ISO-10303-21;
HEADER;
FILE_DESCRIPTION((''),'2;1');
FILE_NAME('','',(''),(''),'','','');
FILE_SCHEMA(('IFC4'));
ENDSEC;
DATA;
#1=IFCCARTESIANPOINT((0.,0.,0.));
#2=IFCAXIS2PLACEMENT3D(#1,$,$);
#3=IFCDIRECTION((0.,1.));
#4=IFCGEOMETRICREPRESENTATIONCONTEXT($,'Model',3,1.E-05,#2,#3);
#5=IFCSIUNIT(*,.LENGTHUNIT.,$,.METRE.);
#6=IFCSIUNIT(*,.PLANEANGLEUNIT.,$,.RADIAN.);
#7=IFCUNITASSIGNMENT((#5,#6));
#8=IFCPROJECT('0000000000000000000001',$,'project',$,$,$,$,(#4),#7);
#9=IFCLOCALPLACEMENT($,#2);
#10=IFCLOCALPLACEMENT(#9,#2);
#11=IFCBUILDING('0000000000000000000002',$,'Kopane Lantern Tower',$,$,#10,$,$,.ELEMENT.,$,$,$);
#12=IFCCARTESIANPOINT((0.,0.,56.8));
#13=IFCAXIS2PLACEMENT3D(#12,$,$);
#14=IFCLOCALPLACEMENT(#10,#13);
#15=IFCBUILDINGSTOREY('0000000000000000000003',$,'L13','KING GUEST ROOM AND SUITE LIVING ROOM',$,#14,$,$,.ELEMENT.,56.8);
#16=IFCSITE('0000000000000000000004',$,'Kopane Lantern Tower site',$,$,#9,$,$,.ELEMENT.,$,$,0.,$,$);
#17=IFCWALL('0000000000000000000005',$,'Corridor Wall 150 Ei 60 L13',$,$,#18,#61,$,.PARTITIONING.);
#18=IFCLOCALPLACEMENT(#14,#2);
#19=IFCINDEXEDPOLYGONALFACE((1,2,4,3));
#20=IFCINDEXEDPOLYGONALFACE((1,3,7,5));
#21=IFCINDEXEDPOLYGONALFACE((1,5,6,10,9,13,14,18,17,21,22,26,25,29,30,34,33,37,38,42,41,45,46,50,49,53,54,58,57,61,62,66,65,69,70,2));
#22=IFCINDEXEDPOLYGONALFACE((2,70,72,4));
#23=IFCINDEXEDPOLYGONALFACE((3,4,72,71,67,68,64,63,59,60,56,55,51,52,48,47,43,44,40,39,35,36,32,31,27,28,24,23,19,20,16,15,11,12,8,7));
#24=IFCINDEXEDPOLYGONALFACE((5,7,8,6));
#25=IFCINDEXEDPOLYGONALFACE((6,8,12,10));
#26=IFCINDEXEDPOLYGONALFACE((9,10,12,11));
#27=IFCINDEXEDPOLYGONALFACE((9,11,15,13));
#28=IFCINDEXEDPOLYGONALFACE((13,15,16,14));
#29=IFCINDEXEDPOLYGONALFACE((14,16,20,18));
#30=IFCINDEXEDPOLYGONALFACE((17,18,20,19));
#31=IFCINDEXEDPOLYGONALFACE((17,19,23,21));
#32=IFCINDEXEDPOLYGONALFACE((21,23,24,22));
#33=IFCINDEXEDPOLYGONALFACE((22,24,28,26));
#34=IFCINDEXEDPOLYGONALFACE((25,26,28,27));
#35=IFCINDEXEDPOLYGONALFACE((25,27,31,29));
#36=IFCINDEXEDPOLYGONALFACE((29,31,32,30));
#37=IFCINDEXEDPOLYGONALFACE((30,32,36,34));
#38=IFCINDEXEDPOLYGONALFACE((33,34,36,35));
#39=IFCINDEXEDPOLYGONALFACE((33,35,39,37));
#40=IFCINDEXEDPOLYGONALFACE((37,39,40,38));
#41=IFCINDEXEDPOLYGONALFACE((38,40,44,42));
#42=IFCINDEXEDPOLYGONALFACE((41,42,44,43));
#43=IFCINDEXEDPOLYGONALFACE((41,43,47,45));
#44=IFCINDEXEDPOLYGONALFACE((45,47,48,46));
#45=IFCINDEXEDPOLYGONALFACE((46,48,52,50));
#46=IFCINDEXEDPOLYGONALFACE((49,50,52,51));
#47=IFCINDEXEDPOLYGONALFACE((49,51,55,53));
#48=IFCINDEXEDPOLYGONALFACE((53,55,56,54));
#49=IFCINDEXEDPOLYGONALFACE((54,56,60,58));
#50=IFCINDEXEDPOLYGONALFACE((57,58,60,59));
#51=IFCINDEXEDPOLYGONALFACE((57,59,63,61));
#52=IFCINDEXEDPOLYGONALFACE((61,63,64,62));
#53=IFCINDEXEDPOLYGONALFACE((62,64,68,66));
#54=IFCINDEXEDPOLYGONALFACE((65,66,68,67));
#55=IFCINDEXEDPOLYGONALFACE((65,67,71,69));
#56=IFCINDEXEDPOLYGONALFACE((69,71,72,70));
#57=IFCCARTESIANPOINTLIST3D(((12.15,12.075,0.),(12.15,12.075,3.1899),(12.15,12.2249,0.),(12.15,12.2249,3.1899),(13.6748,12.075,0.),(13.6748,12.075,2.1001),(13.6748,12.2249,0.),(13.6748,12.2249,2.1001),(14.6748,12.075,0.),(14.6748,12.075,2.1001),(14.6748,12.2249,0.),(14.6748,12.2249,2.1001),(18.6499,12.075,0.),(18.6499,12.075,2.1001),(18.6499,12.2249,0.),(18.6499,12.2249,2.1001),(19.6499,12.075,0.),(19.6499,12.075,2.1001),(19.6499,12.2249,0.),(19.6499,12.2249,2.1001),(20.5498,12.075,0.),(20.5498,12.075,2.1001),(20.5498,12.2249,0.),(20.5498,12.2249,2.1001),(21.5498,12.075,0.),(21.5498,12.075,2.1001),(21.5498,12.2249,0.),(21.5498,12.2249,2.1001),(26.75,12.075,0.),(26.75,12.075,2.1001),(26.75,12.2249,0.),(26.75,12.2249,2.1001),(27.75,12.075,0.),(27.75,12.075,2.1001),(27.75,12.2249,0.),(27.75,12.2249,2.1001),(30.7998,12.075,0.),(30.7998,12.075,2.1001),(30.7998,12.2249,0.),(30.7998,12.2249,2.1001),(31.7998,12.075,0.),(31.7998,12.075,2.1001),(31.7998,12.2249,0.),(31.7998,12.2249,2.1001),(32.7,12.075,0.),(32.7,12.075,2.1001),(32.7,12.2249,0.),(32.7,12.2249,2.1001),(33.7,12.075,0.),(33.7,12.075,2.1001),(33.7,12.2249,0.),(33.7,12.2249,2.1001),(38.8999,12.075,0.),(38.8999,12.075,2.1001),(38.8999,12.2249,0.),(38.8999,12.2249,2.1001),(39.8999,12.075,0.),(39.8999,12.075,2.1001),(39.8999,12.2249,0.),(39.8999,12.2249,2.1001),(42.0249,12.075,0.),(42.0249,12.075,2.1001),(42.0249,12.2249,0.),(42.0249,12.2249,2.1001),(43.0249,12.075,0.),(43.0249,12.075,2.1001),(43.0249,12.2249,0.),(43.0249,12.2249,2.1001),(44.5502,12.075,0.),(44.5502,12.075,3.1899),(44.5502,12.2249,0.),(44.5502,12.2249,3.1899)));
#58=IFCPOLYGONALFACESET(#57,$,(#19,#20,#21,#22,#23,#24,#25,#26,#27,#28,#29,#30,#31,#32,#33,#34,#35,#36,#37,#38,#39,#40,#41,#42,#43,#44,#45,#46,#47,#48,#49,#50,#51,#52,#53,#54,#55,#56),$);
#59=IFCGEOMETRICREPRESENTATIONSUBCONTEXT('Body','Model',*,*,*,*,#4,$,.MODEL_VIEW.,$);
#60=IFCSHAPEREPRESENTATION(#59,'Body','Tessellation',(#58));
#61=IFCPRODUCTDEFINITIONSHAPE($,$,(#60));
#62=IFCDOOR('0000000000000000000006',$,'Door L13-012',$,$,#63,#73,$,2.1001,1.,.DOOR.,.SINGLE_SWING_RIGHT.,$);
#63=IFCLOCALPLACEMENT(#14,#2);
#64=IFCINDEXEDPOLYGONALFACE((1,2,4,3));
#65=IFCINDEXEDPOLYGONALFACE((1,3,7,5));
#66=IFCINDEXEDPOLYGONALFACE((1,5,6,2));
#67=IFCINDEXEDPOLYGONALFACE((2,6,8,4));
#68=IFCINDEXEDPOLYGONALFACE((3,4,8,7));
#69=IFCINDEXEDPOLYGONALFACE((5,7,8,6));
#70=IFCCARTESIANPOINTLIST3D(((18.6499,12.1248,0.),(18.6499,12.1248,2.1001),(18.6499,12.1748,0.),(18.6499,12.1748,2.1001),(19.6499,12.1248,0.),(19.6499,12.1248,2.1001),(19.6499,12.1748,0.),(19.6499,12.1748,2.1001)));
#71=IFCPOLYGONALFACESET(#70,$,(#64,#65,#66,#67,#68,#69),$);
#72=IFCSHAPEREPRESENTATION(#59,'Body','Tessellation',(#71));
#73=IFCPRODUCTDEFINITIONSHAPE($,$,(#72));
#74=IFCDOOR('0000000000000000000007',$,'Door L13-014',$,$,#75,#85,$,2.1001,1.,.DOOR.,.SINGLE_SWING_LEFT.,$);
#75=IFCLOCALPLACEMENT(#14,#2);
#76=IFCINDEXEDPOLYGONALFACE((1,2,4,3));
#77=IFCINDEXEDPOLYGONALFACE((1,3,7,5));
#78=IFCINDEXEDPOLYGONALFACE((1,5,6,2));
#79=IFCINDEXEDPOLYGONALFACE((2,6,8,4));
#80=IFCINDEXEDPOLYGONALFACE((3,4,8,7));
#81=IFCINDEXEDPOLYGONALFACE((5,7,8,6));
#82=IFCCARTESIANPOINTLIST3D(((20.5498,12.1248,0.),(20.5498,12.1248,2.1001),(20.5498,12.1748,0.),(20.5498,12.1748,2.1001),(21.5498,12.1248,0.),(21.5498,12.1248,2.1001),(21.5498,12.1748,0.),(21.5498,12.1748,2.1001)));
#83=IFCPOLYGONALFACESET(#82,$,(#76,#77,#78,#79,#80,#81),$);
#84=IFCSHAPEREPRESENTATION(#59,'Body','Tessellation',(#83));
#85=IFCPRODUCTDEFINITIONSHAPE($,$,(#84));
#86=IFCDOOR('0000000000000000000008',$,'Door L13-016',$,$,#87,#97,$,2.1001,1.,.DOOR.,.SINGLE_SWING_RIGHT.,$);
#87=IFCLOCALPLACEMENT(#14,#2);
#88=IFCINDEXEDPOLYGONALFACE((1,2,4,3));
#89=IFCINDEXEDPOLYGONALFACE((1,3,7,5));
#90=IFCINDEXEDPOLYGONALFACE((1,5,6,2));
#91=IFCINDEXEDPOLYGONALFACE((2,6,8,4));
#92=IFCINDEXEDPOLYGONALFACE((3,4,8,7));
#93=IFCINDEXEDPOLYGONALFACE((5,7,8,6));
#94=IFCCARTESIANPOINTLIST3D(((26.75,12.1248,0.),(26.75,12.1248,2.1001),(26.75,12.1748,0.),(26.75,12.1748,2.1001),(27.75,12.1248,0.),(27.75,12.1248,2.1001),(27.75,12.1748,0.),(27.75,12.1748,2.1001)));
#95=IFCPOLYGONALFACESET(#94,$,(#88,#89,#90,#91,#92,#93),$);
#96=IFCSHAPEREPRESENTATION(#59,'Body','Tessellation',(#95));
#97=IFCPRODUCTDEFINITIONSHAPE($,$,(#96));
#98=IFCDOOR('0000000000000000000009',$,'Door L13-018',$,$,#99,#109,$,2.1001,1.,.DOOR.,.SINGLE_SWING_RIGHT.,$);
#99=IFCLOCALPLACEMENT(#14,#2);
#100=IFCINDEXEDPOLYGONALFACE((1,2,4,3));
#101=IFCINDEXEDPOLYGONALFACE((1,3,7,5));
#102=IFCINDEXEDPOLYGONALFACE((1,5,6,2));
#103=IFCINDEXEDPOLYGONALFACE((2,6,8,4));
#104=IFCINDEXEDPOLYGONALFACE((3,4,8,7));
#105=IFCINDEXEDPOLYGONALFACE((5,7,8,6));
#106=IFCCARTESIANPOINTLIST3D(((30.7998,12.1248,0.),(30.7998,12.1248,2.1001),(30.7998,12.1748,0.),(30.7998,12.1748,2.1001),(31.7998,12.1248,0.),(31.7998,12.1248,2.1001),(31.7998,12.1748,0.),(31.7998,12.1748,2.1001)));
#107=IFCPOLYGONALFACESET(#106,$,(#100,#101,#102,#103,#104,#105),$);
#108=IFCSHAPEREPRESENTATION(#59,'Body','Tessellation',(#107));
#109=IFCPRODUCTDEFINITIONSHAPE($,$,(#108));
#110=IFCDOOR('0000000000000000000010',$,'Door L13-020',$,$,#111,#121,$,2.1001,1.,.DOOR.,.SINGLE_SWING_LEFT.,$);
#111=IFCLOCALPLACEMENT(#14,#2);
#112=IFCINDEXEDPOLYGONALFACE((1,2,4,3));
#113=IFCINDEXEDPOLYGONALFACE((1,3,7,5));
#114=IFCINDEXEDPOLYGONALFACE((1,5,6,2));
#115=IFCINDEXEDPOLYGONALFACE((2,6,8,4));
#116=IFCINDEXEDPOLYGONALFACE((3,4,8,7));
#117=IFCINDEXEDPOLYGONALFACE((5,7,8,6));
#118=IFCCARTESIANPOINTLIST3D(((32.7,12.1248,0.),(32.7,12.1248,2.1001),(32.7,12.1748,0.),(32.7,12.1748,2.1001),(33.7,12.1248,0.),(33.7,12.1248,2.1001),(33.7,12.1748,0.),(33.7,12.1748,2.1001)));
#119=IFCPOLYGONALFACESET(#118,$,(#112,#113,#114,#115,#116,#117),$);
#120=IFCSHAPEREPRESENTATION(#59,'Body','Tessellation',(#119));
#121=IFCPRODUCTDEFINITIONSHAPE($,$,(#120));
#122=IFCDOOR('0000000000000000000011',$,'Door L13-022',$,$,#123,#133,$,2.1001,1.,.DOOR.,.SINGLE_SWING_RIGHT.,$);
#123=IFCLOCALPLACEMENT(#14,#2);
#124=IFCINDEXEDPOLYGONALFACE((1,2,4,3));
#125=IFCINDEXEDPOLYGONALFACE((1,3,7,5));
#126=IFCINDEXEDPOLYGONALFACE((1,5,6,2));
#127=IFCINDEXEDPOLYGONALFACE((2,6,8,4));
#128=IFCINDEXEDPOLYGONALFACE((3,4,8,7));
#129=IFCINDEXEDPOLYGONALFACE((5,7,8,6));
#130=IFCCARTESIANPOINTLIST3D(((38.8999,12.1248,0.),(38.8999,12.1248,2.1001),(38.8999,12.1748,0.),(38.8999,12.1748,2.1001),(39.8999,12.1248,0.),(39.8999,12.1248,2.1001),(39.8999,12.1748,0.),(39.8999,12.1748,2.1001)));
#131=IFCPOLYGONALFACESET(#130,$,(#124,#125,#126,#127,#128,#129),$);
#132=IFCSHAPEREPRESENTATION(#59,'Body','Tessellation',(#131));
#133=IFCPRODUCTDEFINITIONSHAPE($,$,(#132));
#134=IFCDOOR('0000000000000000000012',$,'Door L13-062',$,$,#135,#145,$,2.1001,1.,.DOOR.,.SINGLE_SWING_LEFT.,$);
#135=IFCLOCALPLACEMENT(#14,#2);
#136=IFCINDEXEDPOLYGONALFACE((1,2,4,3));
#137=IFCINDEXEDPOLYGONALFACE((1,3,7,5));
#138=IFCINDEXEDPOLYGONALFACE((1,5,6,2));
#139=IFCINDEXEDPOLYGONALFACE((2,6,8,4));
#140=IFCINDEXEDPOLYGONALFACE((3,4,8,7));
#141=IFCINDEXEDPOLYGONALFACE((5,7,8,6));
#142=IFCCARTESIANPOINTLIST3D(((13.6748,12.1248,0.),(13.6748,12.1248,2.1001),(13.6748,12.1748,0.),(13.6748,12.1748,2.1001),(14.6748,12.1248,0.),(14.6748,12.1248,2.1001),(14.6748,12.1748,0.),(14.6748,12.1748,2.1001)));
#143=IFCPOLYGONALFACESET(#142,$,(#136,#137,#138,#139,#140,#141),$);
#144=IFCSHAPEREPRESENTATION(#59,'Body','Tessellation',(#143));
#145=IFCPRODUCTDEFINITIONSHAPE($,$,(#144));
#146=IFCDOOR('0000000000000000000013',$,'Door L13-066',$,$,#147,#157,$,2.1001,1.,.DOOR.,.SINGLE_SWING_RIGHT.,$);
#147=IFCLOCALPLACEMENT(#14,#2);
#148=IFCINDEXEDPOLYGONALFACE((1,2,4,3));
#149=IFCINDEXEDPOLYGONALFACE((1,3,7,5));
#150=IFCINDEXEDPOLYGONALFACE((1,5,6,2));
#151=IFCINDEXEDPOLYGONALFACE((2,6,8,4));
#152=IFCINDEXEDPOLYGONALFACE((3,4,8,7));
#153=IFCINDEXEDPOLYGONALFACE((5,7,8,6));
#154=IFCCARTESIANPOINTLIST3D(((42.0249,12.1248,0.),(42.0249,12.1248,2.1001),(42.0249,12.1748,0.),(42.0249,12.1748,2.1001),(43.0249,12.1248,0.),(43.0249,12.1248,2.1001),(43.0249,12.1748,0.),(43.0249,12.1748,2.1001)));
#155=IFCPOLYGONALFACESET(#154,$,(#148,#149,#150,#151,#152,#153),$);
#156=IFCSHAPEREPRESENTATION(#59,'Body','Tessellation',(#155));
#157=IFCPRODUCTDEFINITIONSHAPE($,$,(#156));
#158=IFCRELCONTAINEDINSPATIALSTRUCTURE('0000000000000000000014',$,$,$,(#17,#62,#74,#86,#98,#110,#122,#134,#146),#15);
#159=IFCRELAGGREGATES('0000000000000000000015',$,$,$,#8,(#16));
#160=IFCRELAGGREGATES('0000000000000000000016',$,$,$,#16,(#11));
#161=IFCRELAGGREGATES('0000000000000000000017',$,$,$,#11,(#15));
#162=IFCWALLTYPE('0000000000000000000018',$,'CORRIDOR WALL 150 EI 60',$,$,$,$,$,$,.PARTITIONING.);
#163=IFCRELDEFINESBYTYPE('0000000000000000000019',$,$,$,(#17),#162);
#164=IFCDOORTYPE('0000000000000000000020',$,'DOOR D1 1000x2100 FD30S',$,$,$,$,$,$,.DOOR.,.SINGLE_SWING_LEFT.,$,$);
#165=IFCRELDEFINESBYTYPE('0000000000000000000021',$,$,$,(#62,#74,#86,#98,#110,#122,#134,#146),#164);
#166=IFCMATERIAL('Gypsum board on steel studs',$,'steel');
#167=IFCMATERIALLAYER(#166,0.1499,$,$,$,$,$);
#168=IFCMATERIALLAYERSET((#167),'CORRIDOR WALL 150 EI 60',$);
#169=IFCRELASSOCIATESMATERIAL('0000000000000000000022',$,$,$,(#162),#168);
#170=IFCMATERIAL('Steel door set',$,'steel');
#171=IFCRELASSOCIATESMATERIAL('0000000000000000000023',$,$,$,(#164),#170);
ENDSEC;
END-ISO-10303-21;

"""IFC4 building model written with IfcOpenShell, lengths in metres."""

from ifc_helpers import new_model, si_unit, direction, frame, frame_2d, origin, place, context, subcontext, project, spatial, rectangle, extrude, material, layer, layer_set, type_object, element, fill, save


model = new_model("IFC4")

# Units and contexts
model_context = context("Model", 3, precision=1e-05, world=origin(), true_north=direction((0.0, 1.0)))
body_context = subcontext(model_context, "Body", "Model", "MODEL_VIEW")
ifc_project = project(units=[si_unit("LENGTHUNIT", "METRE"), si_unit("PLANEANGLEUNIT", "RADIAN")], contexts=[model_context])

# Site, building, storey
site_placement = place(None, origin())
site = spatial("IfcSite", under=ifc_project, at=site_placement, Name="Kopane Lantern Tower site", CompositionType="ELEMENT", RefElevation=0.0)
building_placement = place(site_placement, origin())
building = spatial("IfcBuilding", under=site, at=building_placement, Name="Kopane Lantern Tower", CompositionType="ELEMENT")
storey_placement = place(building_placement, frame((0.0, 0.0, 56.8)))
storey = spatial("IfcBuildingStorey", under=building, at=storey_placement, Name="L13", Description="KING GUEST ROOM AND SUITE LIVING ROOM", CompositionType="ELEMENT", Elevation=56.8)

# Wall, openings, doors
ifc_material_1 = material(Name="Gypsum board on steel studs", Category="steel")
ifc_layer_1 = layer(ifc_material_1, 0.1499)
ifc_layer_set_1 = layer_set([ifc_layer_1], Name="CORRIDOR WALL 150 EI 60")
wall_type_1 = type_object("IfcWallType", Name="CORRIDOR WALL 150 EI 60", PredefinedType="PARTITIONING", material=ifc_layer_set_1)
wall_1_placement = place(storey_placement, frame((12.1499, 12.1499, 0.0), z_axis=(0.0, 0.0, 1.0), x_axis=(1.0, 0.0, 0.0)))
wall_1 = element("IfcWall", 1, at=wall_1_placement, inside=storey, type_object=wall_type_1, Name="Corridor Wall 150 Ei 60 L13", PredefinedType="PARTITIONING", context=body_context, shape_type="SweptSolid", body=[
    extrude(rectangle(XDim=32.4001, YDim=0.1499, at=frame_2d((16.2002, 0.0))), origin(), (0.0, 0.0, 1.0), 3.1899),
])
opening_1_placement = place(wall_1_placement, frame((6.5, 0.0, 0.0)))
opening_1 = element("IfcOpeningElement", 2, at=opening_1_placement, cuts=wall_1, PredefinedType="OPENING", context=body_context, shape_type="SweptSolid", body=[
    extrude(rectangle(XDim=1.0, YDim=2.1001, at=frame_2d((0.5, 1.05))), frame((0.0, 0.085, 0.0), z_axis=(0.0, -1.0, 0.0), x_axis=(1.0, 0.0, 0.0)), (0.0, 0.0, 1.0), 0.1699),
])
opening_2_placement = place(wall_1_placement, frame((8.3999, 0.0, 0.0)))
opening_2 = element("IfcOpeningElement", 3, at=opening_2_placement, cuts=wall_1, PredefinedType="OPENING", context=body_context, shape_type="SweptSolid", body=[
    extrude(rectangle(XDim=1.0, YDim=2.1001, at=frame_2d((0.5, 1.05))), frame((0.0, 0.085, 0.0), z_axis=(0.0, -1.0, 0.0), x_axis=(1.0, 0.0, 0.0)), (0.0, 0.0, 1.0), 0.1699),
])
opening_3_placement = place(wall_1_placement, frame((14.6001, 0.0, 0.0)))
opening_3 = element("IfcOpeningElement", 4, at=opening_3_placement, cuts=wall_1, PredefinedType="OPENING", context=body_context, shape_type="SweptSolid", body=[
    extrude(rectangle(XDim=1.0, YDim=2.1001, at=frame_2d((0.5, 1.05))), frame((0.0, 0.085, 0.0), z_axis=(0.0, -1.0, 0.0), x_axis=(1.0, 0.0, 0.0)), (0.0, 0.0, 1.0), 0.1699),
])
opening_4_placement = place(wall_1_placement, frame((18.6499, 0.0, 0.0)))
opening_4 = element("IfcOpeningElement", 5, at=opening_4_placement, cuts=wall_1, PredefinedType="OPENING", context=body_context, shape_type="SweptSolid", body=[
    extrude(rectangle(XDim=1.0, YDim=2.1001, at=frame_2d((0.5, 1.05))), frame((0.0, 0.085, 0.0), z_axis=(0.0, -1.0, 0.0), x_axis=(1.0, 0.0, 0.0)), (0.0, 0.0, 1.0), 0.1699),
])
opening_5_placement = place(wall_1_placement, frame((20.55, 0.0, 0.0)))
opening_5 = element("IfcOpeningElement", 6, at=opening_5_placement, cuts=wall_1, PredefinedType="OPENING", context=body_context, shape_type="SweptSolid", body=[
    extrude(rectangle(XDim=1.0, YDim=2.1001, at=frame_2d((0.5, 1.05))), frame((0.0, 0.085, 0.0), z_axis=(0.0, -1.0, 0.0), x_axis=(1.0, 0.0, 0.0)), (0.0, 0.0, 1.0), 0.1699),
])
opening_6_placement = place(wall_1_placement, frame((26.75, 0.0, 0.0)))
opening_6 = element("IfcOpeningElement", 7, at=opening_6_placement, cuts=wall_1, PredefinedType="OPENING", context=body_context, shape_type="SweptSolid", body=[
    extrude(rectangle(XDim=1.0, YDim=2.1001, at=frame_2d((0.5, 1.05))), frame((0.0, 0.085, 0.0), z_axis=(0.0, -1.0, 0.0), x_axis=(1.0, 0.0, 0.0)), (0.0, 0.0, 1.0), 0.1699),
])
opening_7_placement = place(wall_1_placement, frame((1.5249, 0.0, 0.0)))
opening_7 = element("IfcOpeningElement", 8, at=opening_7_placement, cuts=wall_1, PredefinedType="OPENING", context=body_context, shape_type="SweptSolid", body=[
    extrude(rectangle(XDim=1.0, YDim=2.1001, at=frame_2d((0.5, 1.05))), frame((0.0, 0.085, 0.0), z_axis=(0.0, -1.0, 0.0), x_axis=(1.0, 0.0, 0.0)), (0.0, 0.0, 1.0), 0.1699),
])
opening_8_placement = place(wall_1_placement, frame((29.875, 0.0, 0.0)))
opening_8 = element("IfcOpeningElement", 9, at=opening_8_placement, cuts=wall_1, PredefinedType="OPENING", context=body_context, shape_type="SweptSolid", body=[
    extrude(rectangle(XDim=1.0, YDim=2.1001, at=frame_2d((0.5, 1.05))), frame((0.0, 0.085, 0.0), z_axis=(0.0, -1.0, 0.0), x_axis=(1.0, 0.0, 0.0)), (0.0, 0.0, 1.0), 0.1699),
])
ifc_material_2 = material(Name="Steel door set", Category="steel")
door_type_1 = type_object("IfcDoorType", Name="DOOR D1 1000x2100 FD30S", OperationType="SINGLE_SWING_LEFT", PredefinedType="DOOR", material=ifc_material_2)
door_1_placement = place(opening_1_placement, origin())
door_1 = element("IfcDoor", 10, at=door_1_placement, inside=storey, type_object=door_type_1, Name="Door L13-012", OperationType="SINGLE_SWING_RIGHT", OverallHeight=2.1001, OverallWidth=1.0, PredefinedType="DOOR", context=body_context, shape_type="SweptSolid", body=[
    extrude(rectangle(XDim=1.0, YDim=2.1001, at=frame_2d((0.5, 1.05))), frame((0.0, 0.0249, 0.0), z_axis=(0.0, -1.0, 0.0), x_axis=(1.0, 0.0, 0.0)), (0.0, 0.0, 1.0), 0.05),
])
fill(opening_1, door_1)
door_2_placement = place(opening_2_placement, origin())
door_2 = element("IfcDoor", 11, at=door_2_placement, inside=storey, type_object=door_type_1, Name="Door L13-014", OperationType="SINGLE_SWING_LEFT", OverallHeight=2.1001, OverallWidth=1.0, PredefinedType="DOOR", context=body_context, shape_type="SweptSolid", body=[
    extrude(rectangle(XDim=1.0, YDim=2.1001, at=frame_2d((0.5, 1.05))), frame((0.0, 0.0249, 0.0), z_axis=(0.0, -1.0, 0.0), x_axis=(1.0, 0.0, 0.0)), (0.0, 0.0, 1.0), 0.05),
])
fill(opening_2, door_2)
door_3_placement = place(opening_3_placement, origin())
door_3 = element("IfcDoor", 12, at=door_3_placement, inside=storey, type_object=door_type_1, Name="Door L13-016", OperationType="SINGLE_SWING_RIGHT", OverallHeight=2.1001, OverallWidth=1.0, PredefinedType="DOOR", context=body_context, shape_type="SweptSolid", body=[
    extrude(rectangle(XDim=1.0, YDim=2.1001, at=frame_2d((0.5, 1.05))), frame((0.0, 0.0249, 0.0), z_axis=(0.0, -1.0, 0.0), x_axis=(1.0, 0.0, 0.0)), (0.0, 0.0, 1.0), 0.05),
])
fill(opening_3, door_3)
door_4_placement = place(opening_4_placement, origin())
door_4 = element("IfcDoor", 13, at=door_4_placement, inside=storey, type_object=door_type_1, Name="Door L13-018", OperationType="SINGLE_SWING_RIGHT", OverallHeight=2.1001, OverallWidth=1.0, PredefinedType="DOOR", context=body_context, shape_type="SweptSolid", body=[
    extrude(rectangle(XDim=1.0, YDim=2.1001, at=frame_2d((0.5, 1.05))), frame((0.0, 0.0249, 0.0), z_axis=(0.0, -1.0, 0.0), x_axis=(1.0, 0.0, 0.0)), (0.0, 0.0, 1.0), 0.05),
])
fill(opening_4, door_4)
door_5_placement = place(opening_5_placement, origin())
door_5 = element("IfcDoor", 14, at=door_5_placement, inside=storey, type_object=door_type_1, Name="Door L13-020", OperationType="SINGLE_SWING_LEFT", OverallHeight=2.1001, OverallWidth=1.0, PredefinedType="DOOR", context=body_context, shape_type="SweptSolid", body=[
    extrude(rectangle(XDim=1.0, YDim=2.1001, at=frame_2d((0.5, 1.05))), frame((0.0, 0.0249, 0.0), z_axis=(0.0, -1.0, 0.0), x_axis=(1.0, 0.0, 0.0)), (0.0, 0.0, 1.0), 0.05),
])
fill(opening_5, door_5)
door_6_placement = place(opening_6_placement, origin())
door_6 = element("IfcDoor", 15, at=door_6_placement, inside=storey, type_object=door_type_1, Name="Door L13-022", OperationType="SINGLE_SWING_RIGHT", OverallHeight=2.1001, OverallWidth=1.0, PredefinedType="DOOR", context=body_context, shape_type="SweptSolid", body=[
    extrude(rectangle(XDim=1.0, YDim=2.1001, at=frame_2d((0.5, 1.05))), frame((0.0, 0.0249, 0.0), z_axis=(0.0, -1.0, 0.0), x_axis=(1.0, 0.0, 0.0)), (0.0, 0.0, 1.0), 0.05),
])
fill(opening_6, door_6)
door_7_placement = place(opening_7_placement, origin())
door_7 = element("IfcDoor", 16, at=door_7_placement, inside=storey, type_object=door_type_1, Name="Door L13-062", OperationType="SINGLE_SWING_LEFT", OverallHeight=2.1001, OverallWidth=1.0, PredefinedType="DOOR", context=body_context, shape_type="SweptSolid", body=[
    extrude(rectangle(XDim=1.0, YDim=2.1001, at=frame_2d((0.5, 1.05))), frame((0.0, 0.0249, 0.0), z_axis=(0.0, -1.0, 0.0), x_axis=(1.0, 0.0, 0.0)), (0.0, 0.0, 1.0), 0.05),
])
fill(opening_7, door_7)
door_8_placement = place(opening_8_placement, origin())
door_8 = element("IfcDoor", 17, at=door_8_placement, inside=storey, type_object=door_type_1, Name="Door L13-066", OperationType="SINGLE_SWING_RIGHT", OverallHeight=2.1001, OverallWidth=1.0, PredefinedType="DOOR", context=body_context, shape_type="SweptSolid", body=[
    extrude(rectangle(XDim=1.0, YDim=2.1001, at=frame_2d((0.5, 1.05))), frame((0.0, 0.0249, 0.0), z_axis=(0.0, -1.0, 0.0), x_axis=(1.0, 0.0, 0.0)), (0.0, 0.0, 1.0), 0.05),
])
fill(opening_8, door_8)

save(model, "model.ifc")
